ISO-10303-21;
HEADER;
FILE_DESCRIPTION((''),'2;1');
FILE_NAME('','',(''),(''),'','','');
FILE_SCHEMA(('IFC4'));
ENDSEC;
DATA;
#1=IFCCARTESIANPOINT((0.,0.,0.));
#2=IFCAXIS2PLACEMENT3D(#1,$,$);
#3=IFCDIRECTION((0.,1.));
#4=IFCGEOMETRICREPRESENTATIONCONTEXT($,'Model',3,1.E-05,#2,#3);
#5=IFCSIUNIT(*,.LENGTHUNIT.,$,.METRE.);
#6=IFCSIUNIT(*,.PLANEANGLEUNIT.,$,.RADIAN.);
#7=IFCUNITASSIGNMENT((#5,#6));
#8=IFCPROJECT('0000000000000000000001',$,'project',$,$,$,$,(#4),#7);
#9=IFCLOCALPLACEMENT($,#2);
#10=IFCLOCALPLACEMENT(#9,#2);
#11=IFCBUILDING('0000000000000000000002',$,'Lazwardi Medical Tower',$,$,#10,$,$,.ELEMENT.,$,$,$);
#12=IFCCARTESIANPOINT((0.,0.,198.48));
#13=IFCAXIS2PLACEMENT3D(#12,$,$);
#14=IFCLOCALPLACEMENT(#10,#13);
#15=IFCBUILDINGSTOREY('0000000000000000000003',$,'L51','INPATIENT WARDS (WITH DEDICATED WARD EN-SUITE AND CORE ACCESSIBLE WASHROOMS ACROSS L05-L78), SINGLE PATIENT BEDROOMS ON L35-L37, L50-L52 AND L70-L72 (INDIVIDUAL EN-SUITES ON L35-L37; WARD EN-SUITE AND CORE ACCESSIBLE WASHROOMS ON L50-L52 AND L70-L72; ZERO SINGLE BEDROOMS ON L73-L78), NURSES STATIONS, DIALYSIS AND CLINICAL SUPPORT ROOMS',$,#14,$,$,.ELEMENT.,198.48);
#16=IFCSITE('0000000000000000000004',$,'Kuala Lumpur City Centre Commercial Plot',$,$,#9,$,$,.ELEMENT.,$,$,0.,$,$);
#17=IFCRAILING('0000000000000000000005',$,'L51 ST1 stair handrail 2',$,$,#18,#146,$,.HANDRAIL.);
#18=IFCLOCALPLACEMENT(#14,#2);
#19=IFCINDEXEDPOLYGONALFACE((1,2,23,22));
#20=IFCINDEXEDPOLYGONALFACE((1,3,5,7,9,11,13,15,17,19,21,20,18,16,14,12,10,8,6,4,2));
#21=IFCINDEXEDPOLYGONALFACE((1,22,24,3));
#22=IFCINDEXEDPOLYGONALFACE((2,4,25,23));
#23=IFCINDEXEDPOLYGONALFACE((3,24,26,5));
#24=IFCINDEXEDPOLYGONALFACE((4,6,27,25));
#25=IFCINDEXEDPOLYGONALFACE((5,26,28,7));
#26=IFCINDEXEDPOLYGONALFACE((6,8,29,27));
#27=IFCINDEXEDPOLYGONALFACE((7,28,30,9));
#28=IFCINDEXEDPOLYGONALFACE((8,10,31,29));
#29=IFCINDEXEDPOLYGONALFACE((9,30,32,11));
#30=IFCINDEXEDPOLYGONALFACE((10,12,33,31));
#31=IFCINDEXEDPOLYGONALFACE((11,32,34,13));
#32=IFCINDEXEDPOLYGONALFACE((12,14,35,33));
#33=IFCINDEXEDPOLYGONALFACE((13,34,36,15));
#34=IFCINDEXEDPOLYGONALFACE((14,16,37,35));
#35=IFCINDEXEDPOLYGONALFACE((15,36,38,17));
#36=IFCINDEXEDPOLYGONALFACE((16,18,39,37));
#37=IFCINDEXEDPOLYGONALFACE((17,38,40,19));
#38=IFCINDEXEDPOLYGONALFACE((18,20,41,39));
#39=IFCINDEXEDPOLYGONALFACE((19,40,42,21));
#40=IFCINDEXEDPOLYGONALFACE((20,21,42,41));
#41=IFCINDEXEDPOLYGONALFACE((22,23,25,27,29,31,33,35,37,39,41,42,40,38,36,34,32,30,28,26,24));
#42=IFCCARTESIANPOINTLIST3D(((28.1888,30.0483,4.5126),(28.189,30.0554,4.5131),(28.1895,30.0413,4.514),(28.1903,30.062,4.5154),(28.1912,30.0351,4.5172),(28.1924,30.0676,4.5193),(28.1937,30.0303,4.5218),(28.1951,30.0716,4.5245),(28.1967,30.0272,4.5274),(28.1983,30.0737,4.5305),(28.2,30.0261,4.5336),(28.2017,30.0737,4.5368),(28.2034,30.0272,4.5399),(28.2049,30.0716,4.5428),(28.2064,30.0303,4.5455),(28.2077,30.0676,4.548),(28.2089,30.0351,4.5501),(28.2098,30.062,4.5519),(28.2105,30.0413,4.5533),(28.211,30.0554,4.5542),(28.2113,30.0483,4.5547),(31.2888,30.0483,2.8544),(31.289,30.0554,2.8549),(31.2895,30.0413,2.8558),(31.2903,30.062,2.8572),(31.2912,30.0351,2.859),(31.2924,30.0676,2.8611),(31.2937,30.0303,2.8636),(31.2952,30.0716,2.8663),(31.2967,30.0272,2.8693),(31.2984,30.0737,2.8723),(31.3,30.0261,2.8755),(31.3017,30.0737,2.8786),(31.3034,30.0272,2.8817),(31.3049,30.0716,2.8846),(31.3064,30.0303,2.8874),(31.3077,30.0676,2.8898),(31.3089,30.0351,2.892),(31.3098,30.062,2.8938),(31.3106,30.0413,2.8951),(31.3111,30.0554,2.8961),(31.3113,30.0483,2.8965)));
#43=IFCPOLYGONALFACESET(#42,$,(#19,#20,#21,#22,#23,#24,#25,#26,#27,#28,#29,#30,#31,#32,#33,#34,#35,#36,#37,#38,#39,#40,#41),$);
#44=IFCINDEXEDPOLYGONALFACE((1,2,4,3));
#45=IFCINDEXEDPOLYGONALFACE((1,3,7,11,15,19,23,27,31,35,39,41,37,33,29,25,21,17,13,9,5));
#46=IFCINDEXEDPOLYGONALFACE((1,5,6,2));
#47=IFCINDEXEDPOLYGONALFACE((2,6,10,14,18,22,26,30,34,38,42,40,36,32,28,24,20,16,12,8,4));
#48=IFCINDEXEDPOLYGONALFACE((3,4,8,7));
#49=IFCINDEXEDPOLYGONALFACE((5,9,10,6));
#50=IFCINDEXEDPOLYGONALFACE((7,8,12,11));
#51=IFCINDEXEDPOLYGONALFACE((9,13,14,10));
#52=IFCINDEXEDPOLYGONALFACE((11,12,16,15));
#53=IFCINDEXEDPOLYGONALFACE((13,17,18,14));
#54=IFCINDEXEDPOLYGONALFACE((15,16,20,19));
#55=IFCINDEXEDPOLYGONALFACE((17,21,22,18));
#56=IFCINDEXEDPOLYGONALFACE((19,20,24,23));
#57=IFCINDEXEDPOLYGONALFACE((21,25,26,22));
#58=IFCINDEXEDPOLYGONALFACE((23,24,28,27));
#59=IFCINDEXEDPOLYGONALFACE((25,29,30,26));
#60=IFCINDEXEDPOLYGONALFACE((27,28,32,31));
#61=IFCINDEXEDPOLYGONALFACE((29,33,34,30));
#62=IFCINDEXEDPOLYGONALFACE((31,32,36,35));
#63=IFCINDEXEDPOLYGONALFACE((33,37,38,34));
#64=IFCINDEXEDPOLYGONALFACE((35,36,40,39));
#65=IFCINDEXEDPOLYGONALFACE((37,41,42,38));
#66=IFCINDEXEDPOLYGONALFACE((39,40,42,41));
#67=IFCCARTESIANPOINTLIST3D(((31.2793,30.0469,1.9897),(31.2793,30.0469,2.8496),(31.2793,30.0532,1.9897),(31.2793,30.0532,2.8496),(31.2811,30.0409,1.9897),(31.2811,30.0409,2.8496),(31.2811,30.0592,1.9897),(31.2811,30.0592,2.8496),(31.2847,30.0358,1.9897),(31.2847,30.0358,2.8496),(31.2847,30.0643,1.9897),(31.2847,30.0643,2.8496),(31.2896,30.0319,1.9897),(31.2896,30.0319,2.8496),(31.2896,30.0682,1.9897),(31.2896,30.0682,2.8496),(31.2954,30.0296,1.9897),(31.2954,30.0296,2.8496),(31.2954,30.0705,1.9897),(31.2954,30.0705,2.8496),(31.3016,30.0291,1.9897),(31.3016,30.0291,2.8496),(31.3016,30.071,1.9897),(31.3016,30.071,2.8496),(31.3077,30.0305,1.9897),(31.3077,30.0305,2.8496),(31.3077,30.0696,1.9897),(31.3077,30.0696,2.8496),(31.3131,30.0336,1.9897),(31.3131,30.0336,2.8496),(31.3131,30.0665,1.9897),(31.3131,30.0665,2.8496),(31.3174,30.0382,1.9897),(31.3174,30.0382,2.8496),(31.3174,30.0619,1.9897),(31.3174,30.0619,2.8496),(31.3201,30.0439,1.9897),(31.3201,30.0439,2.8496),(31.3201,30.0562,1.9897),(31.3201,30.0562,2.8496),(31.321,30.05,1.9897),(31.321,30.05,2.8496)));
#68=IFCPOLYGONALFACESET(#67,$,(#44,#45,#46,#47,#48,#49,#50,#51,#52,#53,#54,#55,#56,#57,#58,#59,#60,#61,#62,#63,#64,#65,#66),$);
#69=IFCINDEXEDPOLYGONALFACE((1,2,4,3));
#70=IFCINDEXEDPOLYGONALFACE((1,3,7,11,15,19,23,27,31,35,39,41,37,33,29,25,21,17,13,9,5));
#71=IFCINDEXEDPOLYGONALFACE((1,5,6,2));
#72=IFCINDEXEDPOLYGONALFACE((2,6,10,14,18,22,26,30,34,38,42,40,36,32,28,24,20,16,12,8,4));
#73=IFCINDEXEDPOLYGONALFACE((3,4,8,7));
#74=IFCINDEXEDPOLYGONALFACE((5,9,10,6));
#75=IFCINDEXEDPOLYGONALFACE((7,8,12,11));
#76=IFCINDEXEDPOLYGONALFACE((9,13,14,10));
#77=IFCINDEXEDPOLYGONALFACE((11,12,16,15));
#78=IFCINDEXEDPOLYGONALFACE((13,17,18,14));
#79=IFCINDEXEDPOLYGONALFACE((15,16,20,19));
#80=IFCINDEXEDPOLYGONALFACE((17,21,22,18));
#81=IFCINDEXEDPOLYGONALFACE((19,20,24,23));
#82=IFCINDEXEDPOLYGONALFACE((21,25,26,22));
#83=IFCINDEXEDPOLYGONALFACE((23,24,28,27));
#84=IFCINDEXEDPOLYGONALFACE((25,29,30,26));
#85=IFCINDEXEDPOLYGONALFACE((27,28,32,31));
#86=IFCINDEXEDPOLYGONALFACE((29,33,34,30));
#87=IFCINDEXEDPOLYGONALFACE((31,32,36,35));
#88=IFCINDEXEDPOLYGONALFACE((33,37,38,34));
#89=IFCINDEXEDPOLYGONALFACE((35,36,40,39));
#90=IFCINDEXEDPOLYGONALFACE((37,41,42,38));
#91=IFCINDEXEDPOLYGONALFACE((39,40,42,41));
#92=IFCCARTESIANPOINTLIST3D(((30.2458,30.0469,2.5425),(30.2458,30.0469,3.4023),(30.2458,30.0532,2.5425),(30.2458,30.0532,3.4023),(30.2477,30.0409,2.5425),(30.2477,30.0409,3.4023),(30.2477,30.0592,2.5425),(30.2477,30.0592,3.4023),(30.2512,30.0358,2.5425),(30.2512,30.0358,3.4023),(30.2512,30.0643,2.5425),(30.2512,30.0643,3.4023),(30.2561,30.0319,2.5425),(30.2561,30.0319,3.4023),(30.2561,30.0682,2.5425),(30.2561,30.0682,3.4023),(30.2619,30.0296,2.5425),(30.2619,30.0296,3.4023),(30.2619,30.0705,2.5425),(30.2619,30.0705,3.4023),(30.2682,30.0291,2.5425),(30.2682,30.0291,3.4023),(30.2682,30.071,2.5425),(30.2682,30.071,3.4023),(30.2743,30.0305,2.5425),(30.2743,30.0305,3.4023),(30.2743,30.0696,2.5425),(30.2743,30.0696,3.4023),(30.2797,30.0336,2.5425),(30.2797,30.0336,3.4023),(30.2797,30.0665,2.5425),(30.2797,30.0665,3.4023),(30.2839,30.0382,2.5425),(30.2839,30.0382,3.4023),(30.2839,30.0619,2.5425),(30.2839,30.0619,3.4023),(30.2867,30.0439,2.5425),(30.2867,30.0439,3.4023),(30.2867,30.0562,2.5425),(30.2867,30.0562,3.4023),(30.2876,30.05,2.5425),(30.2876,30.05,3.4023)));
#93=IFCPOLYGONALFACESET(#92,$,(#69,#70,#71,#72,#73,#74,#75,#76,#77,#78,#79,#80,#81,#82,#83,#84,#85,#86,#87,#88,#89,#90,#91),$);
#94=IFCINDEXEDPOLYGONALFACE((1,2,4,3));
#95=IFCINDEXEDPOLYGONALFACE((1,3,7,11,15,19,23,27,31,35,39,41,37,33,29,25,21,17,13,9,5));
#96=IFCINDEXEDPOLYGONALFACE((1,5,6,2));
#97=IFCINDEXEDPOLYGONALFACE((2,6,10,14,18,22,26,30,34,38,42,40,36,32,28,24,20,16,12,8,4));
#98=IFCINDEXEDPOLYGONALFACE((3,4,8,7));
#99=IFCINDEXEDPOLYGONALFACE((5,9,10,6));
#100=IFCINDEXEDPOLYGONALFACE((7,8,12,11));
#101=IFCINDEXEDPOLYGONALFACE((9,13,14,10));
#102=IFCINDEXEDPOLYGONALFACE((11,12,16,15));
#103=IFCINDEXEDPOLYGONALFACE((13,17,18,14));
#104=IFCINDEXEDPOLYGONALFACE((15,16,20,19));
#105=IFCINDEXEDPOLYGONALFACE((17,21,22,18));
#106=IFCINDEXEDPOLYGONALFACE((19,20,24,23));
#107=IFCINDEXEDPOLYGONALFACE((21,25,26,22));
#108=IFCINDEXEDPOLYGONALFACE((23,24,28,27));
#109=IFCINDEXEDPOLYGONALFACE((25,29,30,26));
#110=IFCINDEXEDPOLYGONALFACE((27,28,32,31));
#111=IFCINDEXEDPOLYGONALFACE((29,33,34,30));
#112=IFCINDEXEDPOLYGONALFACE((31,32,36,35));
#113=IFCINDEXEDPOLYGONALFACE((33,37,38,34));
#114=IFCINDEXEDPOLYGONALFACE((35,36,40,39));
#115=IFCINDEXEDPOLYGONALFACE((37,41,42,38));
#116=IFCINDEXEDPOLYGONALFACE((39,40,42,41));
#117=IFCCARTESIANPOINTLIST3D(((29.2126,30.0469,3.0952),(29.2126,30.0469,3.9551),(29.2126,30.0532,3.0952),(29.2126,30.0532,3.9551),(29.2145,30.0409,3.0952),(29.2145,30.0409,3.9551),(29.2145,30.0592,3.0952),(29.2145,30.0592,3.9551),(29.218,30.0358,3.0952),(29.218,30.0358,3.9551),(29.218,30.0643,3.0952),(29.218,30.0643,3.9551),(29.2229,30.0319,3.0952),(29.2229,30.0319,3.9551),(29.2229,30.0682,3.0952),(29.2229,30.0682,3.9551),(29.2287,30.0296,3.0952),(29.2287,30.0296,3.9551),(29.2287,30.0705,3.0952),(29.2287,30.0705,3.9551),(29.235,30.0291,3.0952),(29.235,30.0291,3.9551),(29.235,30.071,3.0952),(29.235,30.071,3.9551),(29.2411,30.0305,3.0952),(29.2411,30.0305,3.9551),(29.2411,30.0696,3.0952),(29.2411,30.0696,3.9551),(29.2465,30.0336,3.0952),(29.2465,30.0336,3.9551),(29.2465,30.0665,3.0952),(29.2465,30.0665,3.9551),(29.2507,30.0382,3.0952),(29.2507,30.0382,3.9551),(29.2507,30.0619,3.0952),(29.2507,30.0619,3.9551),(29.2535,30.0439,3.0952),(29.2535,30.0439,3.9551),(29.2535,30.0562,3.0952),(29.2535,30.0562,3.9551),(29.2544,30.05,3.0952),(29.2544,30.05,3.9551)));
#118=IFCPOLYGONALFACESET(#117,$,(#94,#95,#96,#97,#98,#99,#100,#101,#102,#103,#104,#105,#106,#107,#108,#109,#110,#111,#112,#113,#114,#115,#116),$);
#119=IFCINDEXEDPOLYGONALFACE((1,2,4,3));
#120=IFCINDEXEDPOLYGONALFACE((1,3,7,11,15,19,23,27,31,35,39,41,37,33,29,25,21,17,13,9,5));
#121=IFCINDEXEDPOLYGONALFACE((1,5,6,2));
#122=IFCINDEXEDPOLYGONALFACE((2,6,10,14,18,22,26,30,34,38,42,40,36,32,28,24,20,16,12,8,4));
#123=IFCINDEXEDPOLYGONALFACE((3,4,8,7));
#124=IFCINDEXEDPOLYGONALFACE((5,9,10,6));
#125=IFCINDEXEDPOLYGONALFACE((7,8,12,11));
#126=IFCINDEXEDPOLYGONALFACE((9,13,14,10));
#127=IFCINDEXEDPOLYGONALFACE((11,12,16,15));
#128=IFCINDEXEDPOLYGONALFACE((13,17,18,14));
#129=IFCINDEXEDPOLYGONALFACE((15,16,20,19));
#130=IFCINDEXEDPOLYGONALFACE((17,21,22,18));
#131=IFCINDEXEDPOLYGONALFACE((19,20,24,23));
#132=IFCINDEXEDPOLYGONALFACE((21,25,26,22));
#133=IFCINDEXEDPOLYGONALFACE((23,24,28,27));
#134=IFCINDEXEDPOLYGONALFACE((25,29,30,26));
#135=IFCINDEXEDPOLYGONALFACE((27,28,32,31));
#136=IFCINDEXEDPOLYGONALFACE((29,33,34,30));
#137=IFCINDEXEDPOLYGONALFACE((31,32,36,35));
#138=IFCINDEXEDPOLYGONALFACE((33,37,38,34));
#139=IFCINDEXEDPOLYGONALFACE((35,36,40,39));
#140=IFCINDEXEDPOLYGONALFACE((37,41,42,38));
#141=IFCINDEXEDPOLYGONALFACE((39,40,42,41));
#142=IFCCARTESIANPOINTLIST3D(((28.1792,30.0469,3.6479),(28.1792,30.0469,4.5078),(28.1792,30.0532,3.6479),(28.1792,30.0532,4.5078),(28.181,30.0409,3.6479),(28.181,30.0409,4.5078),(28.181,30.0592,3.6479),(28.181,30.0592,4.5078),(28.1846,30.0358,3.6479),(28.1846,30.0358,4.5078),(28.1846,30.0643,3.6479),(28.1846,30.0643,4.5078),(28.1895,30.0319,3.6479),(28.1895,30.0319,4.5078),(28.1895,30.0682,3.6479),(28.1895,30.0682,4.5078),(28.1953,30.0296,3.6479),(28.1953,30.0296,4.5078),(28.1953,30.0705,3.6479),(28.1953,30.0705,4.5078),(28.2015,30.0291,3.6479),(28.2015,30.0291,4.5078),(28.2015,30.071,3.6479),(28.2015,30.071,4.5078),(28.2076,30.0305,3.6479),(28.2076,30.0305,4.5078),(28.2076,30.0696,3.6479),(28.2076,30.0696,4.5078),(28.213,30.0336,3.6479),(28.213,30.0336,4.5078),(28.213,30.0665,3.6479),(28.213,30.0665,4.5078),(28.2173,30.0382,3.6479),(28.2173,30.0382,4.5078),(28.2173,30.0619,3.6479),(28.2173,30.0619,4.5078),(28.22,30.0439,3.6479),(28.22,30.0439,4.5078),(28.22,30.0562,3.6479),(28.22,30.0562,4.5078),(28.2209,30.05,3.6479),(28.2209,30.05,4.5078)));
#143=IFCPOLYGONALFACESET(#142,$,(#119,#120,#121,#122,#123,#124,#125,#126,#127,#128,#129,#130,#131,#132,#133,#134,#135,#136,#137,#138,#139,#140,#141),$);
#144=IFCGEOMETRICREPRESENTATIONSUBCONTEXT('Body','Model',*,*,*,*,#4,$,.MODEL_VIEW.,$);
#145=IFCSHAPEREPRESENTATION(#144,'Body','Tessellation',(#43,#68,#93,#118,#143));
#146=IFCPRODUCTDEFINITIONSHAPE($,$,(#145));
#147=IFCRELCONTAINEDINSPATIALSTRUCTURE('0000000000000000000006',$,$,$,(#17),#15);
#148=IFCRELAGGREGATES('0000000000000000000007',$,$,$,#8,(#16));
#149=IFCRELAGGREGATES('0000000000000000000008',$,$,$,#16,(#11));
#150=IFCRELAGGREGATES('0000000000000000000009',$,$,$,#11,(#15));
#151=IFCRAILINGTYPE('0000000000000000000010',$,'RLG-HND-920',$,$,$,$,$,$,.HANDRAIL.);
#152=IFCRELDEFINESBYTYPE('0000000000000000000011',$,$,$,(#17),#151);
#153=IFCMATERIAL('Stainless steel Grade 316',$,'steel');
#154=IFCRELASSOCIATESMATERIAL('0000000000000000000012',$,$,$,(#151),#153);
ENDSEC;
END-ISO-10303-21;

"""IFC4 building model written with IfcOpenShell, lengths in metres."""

from ifc_helpers import new_model, si_unit, direction, frame, origin, origin_2d, place, context, subcontext, project, spatial, circle, extrude, material, type_object, element, save


model = new_model("IFC4")

# Units and contexts
model_context = context("Model", 3, precision=1e-05, world=origin(), true_north=direction((0.0, 1.0)))
body_context = subcontext(model_context, "Body", "Model", "MODEL_VIEW")
ifc_project = project(units=[si_unit("LENGTHUNIT", "METRE"), si_unit("PLANEANGLEUNIT", "RADIAN")], contexts=[model_context])

# Site, building, storey
site_placement = place(None, origin())
site = spatial("IfcSite", under=ifc_project, at=site_placement, Name="Kuala Lumpur City Centre Commercial Plot", CompositionType="ELEMENT", RefElevation=0.0)
building_placement = place(site_placement, origin())
building = spatial("IfcBuilding", under=site, at=building_placement, Name="Lazwardi Medical Tower", CompositionType="ELEMENT")
storey_placement = place(building_placement, frame((0.0, 0.0, 198.48)))
storey = spatial("IfcBuildingStorey", under=building, at=storey_placement, Name="L51", Description="INPATIENT WARDS (WITH DEDICATED WARD EN-SUITE AND CORE ACCESSIBLE WASHROOMS ACROSS L05-L78), SINGLE PATIENT BEDROOMS ON L35-L37, L50-L52 AND L70-L72 (INDIVIDUAL EN-SUITES ON L35-L37; WARD EN-SUITE AND CORE ACCESSIBLE WASHROOMS ON L50-L52 AND L70-L72; ZERO SINGLE BEDROOMS ON L73-L78), NURSES STATIONS, DIALYSIS AND CLINICAL SUPPORT ROOMS", CompositionType="ELEMENT", Elevation=198.48)

# Railing
ifc_material_1 = material(Name="Stainless steel Grade 316", Category="steel")
railing_type_1 = type_object("IfcRailingType", Name="RLG-HND-920", PredefinedType="HANDRAIL", material=ifc_material_1)
railing_1_placement = place(storey_placement, frame((31.3, 30.05, 1.9897)))
element("IfcRailing", 1, at=railing_1_placement, inside=storey, type_object=railing_type_1, Name="L51 ST1 stair handrail 2", PredefinedType="HANDRAIL", context=body_context, shape_type="SweptSolid", body=[
    extrude(circle(Radius=0.0239, at=origin_2d()), frame((0.0, 0.0, 0.8857), z_axis=(-0.881783, 0.0, 0.471655), x_axis=(0.0, -1.0, 0.0)), (0.0, 0.0, 1.0), 3.5156),
    extrude(circle(Radius=0.021, at=origin_2d()), origin(), (0.0, 0.0, 1.0), 0.8599),
    extrude(circle(Radius=0.021, at=origin_2d()), frame((-1.0334, 0.0, 0.5527)), (0.0, 0.0, 1.0), 0.8599),
    extrude(circle(Radius=0.021, at=origin_2d()), frame((-2.0667, 0.0, 1.1055)), (0.0, 0.0, 1.0), 0.8599),
    extrude(circle(Radius=0.021, at=origin_2d()), frame((-3.1001, 0.0, 1.6582)), (0.0, 0.0, 1.0), 0.8599),
])

save(model, "model.ifc")
